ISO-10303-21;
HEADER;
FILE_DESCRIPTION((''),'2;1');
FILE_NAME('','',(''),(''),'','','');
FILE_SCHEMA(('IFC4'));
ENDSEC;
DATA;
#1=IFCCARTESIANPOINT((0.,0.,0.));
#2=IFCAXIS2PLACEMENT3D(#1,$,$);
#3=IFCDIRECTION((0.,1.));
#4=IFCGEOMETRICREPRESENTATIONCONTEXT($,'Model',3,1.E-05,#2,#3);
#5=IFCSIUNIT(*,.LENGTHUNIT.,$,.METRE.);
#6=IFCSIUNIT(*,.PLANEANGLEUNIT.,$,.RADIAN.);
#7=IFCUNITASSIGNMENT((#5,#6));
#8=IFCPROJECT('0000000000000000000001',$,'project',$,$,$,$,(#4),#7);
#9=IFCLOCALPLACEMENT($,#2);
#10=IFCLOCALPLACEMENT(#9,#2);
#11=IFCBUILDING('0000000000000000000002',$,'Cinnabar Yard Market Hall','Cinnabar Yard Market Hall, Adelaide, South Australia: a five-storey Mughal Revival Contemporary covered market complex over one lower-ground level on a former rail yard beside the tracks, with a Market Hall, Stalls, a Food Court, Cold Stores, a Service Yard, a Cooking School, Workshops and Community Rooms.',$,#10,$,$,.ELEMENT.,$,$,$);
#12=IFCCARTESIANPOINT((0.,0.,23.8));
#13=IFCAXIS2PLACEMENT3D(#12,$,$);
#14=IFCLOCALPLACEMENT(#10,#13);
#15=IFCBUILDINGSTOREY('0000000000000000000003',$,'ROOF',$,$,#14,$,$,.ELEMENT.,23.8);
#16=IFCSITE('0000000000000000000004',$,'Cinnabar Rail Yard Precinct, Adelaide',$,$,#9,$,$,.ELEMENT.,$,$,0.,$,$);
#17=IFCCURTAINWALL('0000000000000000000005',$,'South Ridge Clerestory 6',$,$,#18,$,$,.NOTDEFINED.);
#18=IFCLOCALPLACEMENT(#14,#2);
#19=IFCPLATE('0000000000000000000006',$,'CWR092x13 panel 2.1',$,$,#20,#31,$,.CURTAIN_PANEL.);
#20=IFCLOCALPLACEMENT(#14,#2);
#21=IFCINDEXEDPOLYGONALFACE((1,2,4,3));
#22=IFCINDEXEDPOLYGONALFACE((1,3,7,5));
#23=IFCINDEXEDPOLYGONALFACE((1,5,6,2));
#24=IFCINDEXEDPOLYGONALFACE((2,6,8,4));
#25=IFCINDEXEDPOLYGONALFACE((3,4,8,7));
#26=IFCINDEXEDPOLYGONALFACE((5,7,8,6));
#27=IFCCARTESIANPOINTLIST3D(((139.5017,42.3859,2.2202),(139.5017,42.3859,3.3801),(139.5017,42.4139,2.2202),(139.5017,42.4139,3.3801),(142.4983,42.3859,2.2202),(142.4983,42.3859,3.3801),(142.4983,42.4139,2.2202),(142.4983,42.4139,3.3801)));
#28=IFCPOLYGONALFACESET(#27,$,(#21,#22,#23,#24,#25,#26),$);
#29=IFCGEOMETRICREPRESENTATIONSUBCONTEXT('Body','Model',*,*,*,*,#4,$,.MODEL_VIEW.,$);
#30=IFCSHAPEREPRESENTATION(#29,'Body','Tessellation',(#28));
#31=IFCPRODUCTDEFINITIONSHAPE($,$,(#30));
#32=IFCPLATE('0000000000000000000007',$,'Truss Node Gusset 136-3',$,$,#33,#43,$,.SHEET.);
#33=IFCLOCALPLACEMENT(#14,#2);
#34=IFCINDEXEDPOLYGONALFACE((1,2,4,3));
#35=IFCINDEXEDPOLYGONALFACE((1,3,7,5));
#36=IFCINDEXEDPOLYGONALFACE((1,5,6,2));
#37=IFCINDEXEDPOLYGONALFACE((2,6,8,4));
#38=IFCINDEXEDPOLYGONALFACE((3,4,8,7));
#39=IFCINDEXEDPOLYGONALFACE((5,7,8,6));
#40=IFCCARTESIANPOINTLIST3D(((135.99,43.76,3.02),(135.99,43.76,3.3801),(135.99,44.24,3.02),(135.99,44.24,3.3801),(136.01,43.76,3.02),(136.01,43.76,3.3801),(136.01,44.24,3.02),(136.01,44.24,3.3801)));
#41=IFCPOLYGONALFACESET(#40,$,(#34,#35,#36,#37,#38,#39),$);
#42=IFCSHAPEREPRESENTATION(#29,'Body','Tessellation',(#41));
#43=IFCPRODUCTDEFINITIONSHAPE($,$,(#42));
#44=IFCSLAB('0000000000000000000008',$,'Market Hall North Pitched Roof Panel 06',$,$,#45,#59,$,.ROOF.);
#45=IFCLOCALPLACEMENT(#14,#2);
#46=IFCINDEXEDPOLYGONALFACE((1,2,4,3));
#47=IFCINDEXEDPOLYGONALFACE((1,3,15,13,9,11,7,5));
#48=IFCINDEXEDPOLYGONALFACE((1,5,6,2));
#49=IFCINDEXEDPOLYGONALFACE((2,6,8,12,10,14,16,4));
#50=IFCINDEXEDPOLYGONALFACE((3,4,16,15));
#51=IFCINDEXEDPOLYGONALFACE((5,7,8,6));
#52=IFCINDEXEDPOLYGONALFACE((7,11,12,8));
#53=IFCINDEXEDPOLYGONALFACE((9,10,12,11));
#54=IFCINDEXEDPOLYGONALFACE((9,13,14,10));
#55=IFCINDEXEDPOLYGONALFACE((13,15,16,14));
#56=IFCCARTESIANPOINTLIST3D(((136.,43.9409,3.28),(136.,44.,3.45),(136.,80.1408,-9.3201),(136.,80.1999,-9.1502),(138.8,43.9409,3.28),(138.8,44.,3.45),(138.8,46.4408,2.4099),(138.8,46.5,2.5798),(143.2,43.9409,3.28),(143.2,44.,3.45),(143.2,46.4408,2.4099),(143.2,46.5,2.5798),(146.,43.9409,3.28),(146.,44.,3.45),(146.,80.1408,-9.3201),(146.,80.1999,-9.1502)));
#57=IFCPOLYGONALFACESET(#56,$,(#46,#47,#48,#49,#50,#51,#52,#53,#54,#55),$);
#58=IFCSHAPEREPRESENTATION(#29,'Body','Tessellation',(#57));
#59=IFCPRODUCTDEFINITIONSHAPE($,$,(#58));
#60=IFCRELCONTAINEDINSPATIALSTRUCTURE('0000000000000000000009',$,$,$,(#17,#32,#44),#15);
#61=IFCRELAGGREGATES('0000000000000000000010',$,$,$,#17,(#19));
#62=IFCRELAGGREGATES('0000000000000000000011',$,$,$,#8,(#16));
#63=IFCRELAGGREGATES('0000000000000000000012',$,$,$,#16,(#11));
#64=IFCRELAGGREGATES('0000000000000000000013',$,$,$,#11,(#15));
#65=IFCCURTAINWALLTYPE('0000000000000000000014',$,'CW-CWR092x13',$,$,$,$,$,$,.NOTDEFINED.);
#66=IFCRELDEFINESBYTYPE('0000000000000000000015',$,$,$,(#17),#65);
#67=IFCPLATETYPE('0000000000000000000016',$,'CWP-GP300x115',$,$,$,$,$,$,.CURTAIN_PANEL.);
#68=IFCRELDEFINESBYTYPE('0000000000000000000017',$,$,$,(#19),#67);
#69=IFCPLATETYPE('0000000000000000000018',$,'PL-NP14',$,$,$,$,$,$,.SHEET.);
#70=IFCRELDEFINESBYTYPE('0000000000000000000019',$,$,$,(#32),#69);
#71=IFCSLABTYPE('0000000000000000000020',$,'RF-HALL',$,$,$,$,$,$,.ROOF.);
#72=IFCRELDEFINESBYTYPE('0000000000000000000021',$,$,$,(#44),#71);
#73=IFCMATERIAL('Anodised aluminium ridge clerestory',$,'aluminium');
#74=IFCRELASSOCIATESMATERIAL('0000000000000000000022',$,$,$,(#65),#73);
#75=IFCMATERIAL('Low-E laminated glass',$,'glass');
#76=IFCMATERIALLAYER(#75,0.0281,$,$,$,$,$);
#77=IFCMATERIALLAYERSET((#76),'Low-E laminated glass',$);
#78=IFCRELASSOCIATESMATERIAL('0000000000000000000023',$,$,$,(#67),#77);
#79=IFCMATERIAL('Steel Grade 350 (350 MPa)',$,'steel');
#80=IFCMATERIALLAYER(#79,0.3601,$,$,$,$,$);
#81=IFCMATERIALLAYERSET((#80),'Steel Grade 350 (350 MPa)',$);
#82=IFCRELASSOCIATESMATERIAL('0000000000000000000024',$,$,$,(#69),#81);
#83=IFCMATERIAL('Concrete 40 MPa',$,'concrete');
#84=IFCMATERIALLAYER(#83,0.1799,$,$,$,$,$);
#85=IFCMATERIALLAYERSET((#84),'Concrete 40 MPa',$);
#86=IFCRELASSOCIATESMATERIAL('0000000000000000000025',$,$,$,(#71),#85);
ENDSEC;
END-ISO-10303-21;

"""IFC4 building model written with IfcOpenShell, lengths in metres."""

from ifc_helpers import new_model, si_unit, direction, frame, origin, origin_2d_with_axis, place, context, subcontext, project, spatial, polyline, rectangle, outline, extrude, material, layer, layer_set, type_object, element, aggregate, save


model = new_model("IFC4")

# Units and contexts
model_context = context("Model", 3, precision=1e-05, world=origin(), true_north=direction((0.0, 1.0)))
body_context = subcontext(model_context, "Body", "Model", "MODEL_VIEW")
ifc_project = project(units=[si_unit("LENGTHUNIT", "METRE"), si_unit("PLANEANGLEUNIT", "RADIAN")], contexts=[model_context])

# Site, building, storey
site_placement = place(None, origin())
site = spatial("IfcSite", under=ifc_project, at=site_placement, Name="Cinnabar Rail Yard Precinct, Adelaide", CompositionType="ELEMENT", RefElevation=0.0)
building_placement = place(site_placement, origin())
building = spatial("IfcBuilding", under=site, at=building_placement, Name="Cinnabar Yard Market Hall", Description="Cinnabar Yard Market Hall, Adelaide, South Australia: a five-storey Mughal Revival Contemporary covered market complex over one lower-ground level on a former rail yard beside the tracks, with a Market Hall, Stalls, a Food Court, Cold Stores, a Service Yard, a Cooking School, Workshops and Community Rooms.", CompositionType="ELEMENT")
storey_placement = place(building_placement, frame((0.0, 0.0, 23.8)))
storey = spatial("IfcBuildingStorey", under=building, at=storey_placement, Name="ROOF", CompositionType="ELEMENT", Elevation=23.8)

# Curtain wall
ifc_material_1 = material(Name="Anodised aluminium ridge clerestory", Category="aluminium")
curtain_wall_type = type_object("IfcCurtainWallType", Name="CW-CWR092x13", PredefinedType="NOTDEFINED", material=ifc_material_1)
curtain_wall_placement = place(storey_placement, origin())
curtain_wall = element("IfcCurtainWall", 1, at=curtain_wall_placement, inside=storey, type_object=curtain_wall_type, Name="South Ridge Clerestory 6", PredefinedType="NOTDEFINED")

# Plates
ifc_material_2 = material(Name="Low-E laminated glass", Category="glass")
ifc_layer_1 = layer(ifc_material_2, 0.0281)
ifc_layer_set_1 = layer_set([ifc_layer_1], Name="Low-E laminated glass")
plate_type_1 = type_object("IfcPlateType", Name="CWP-GP300x115", PredefinedType="CURTAIN_PANEL", material=ifc_layer_set_1)
plate_1_placement = place(storey_placement, frame((141.0, 42.3999, 2.2202), z_axis=(0.0, 0.0, 1.0), x_axis=(1.0, 0.0, 0.0)))
plate_1 = element("IfcPlate", 2, at=plate_1_placement, type_object=plate_type_1, Name="CWR092x13 panel 2.1", PredefinedType="CURTAIN_PANEL", context=body_context, shape_type="SweptSolid", body=[
    extrude(rectangle(XDim=2.9966, YDim=0.0281, at=origin_2d_with_axis()), origin(), (0.0, 0.0, 1.0), 1.1599),
])
aggregate(curtain_wall, [plate_1])
ifc_material_3 = material(Name="Steel Grade 350 (350 MPa)", Category="steel")
ifc_layer_2 = layer(ifc_material_3, 0.3601)
ifc_layer_set_2 = layer_set([ifc_layer_2], Name="Steel Grade 350 (350 MPa)")
plate_type_2 = type_object("IfcPlateType", Name="PL-NP14", PredefinedType="SHEET", material=ifc_layer_set_2)
plate_2_placement = place(storey_placement, frame((136.0, 44.0, 3.02), z_axis=(0.0, 0.0, 1.0), x_axis=(1.0, 0.0, 0.0)))
element("IfcPlate", 3, at=plate_2_placement, inside=storey, type_object=plate_type_2, Name="Truss Node Gusset 136-3", PredefinedType="SHEET", context=body_context, shape_type="SweptSolid", body=[
    extrude(rectangle(XDim=0.02, YDim=0.48, at=origin_2d_with_axis()), origin(), (0.0, 0.0, 1.0), 0.3601),
])

# Slab
ifc_material_4 = material(Name="Concrete 40 MPa", Category="concrete")
ifc_layer_3 = layer(ifc_material_4, 0.1799)
ifc_layer_set_3 = layer_set([ifc_layer_3], Name="Concrete 40 MPa")
slab_type = type_object("IfcSlabType", Name="RF-HALL", PredefinedType="ROOF", material=ifc_layer_set_3)
slab_placement = place(storey_placement, frame((136.0, 44.0, 3.45), z_axis=(0.0, 0.328726, 0.944425), x_axis=(1.0, 0.0, 0.0)))
element("IfcSlab", 4, at=slab_placement, inside=storey, type_object=slab_type, Name="Market Hall North Pitched Roof Panel 06", PredefinedType="ROOF", context=body_context, shape_type="SweptSolid", body=[
    extrude(outline(polyline([(0.0, 0.0), (2.8, 0.0), (2.8, 2.6471), (7.2, 2.6471), (7.2, 0.0), (10.0, 0.0), (10.0, 38.3301), (0.0, 38.3301), (0.0, 0.0)])), origin(), (0.0, 0.0, -1.0), 0.1799),
])

save(model, "model.ifc")
